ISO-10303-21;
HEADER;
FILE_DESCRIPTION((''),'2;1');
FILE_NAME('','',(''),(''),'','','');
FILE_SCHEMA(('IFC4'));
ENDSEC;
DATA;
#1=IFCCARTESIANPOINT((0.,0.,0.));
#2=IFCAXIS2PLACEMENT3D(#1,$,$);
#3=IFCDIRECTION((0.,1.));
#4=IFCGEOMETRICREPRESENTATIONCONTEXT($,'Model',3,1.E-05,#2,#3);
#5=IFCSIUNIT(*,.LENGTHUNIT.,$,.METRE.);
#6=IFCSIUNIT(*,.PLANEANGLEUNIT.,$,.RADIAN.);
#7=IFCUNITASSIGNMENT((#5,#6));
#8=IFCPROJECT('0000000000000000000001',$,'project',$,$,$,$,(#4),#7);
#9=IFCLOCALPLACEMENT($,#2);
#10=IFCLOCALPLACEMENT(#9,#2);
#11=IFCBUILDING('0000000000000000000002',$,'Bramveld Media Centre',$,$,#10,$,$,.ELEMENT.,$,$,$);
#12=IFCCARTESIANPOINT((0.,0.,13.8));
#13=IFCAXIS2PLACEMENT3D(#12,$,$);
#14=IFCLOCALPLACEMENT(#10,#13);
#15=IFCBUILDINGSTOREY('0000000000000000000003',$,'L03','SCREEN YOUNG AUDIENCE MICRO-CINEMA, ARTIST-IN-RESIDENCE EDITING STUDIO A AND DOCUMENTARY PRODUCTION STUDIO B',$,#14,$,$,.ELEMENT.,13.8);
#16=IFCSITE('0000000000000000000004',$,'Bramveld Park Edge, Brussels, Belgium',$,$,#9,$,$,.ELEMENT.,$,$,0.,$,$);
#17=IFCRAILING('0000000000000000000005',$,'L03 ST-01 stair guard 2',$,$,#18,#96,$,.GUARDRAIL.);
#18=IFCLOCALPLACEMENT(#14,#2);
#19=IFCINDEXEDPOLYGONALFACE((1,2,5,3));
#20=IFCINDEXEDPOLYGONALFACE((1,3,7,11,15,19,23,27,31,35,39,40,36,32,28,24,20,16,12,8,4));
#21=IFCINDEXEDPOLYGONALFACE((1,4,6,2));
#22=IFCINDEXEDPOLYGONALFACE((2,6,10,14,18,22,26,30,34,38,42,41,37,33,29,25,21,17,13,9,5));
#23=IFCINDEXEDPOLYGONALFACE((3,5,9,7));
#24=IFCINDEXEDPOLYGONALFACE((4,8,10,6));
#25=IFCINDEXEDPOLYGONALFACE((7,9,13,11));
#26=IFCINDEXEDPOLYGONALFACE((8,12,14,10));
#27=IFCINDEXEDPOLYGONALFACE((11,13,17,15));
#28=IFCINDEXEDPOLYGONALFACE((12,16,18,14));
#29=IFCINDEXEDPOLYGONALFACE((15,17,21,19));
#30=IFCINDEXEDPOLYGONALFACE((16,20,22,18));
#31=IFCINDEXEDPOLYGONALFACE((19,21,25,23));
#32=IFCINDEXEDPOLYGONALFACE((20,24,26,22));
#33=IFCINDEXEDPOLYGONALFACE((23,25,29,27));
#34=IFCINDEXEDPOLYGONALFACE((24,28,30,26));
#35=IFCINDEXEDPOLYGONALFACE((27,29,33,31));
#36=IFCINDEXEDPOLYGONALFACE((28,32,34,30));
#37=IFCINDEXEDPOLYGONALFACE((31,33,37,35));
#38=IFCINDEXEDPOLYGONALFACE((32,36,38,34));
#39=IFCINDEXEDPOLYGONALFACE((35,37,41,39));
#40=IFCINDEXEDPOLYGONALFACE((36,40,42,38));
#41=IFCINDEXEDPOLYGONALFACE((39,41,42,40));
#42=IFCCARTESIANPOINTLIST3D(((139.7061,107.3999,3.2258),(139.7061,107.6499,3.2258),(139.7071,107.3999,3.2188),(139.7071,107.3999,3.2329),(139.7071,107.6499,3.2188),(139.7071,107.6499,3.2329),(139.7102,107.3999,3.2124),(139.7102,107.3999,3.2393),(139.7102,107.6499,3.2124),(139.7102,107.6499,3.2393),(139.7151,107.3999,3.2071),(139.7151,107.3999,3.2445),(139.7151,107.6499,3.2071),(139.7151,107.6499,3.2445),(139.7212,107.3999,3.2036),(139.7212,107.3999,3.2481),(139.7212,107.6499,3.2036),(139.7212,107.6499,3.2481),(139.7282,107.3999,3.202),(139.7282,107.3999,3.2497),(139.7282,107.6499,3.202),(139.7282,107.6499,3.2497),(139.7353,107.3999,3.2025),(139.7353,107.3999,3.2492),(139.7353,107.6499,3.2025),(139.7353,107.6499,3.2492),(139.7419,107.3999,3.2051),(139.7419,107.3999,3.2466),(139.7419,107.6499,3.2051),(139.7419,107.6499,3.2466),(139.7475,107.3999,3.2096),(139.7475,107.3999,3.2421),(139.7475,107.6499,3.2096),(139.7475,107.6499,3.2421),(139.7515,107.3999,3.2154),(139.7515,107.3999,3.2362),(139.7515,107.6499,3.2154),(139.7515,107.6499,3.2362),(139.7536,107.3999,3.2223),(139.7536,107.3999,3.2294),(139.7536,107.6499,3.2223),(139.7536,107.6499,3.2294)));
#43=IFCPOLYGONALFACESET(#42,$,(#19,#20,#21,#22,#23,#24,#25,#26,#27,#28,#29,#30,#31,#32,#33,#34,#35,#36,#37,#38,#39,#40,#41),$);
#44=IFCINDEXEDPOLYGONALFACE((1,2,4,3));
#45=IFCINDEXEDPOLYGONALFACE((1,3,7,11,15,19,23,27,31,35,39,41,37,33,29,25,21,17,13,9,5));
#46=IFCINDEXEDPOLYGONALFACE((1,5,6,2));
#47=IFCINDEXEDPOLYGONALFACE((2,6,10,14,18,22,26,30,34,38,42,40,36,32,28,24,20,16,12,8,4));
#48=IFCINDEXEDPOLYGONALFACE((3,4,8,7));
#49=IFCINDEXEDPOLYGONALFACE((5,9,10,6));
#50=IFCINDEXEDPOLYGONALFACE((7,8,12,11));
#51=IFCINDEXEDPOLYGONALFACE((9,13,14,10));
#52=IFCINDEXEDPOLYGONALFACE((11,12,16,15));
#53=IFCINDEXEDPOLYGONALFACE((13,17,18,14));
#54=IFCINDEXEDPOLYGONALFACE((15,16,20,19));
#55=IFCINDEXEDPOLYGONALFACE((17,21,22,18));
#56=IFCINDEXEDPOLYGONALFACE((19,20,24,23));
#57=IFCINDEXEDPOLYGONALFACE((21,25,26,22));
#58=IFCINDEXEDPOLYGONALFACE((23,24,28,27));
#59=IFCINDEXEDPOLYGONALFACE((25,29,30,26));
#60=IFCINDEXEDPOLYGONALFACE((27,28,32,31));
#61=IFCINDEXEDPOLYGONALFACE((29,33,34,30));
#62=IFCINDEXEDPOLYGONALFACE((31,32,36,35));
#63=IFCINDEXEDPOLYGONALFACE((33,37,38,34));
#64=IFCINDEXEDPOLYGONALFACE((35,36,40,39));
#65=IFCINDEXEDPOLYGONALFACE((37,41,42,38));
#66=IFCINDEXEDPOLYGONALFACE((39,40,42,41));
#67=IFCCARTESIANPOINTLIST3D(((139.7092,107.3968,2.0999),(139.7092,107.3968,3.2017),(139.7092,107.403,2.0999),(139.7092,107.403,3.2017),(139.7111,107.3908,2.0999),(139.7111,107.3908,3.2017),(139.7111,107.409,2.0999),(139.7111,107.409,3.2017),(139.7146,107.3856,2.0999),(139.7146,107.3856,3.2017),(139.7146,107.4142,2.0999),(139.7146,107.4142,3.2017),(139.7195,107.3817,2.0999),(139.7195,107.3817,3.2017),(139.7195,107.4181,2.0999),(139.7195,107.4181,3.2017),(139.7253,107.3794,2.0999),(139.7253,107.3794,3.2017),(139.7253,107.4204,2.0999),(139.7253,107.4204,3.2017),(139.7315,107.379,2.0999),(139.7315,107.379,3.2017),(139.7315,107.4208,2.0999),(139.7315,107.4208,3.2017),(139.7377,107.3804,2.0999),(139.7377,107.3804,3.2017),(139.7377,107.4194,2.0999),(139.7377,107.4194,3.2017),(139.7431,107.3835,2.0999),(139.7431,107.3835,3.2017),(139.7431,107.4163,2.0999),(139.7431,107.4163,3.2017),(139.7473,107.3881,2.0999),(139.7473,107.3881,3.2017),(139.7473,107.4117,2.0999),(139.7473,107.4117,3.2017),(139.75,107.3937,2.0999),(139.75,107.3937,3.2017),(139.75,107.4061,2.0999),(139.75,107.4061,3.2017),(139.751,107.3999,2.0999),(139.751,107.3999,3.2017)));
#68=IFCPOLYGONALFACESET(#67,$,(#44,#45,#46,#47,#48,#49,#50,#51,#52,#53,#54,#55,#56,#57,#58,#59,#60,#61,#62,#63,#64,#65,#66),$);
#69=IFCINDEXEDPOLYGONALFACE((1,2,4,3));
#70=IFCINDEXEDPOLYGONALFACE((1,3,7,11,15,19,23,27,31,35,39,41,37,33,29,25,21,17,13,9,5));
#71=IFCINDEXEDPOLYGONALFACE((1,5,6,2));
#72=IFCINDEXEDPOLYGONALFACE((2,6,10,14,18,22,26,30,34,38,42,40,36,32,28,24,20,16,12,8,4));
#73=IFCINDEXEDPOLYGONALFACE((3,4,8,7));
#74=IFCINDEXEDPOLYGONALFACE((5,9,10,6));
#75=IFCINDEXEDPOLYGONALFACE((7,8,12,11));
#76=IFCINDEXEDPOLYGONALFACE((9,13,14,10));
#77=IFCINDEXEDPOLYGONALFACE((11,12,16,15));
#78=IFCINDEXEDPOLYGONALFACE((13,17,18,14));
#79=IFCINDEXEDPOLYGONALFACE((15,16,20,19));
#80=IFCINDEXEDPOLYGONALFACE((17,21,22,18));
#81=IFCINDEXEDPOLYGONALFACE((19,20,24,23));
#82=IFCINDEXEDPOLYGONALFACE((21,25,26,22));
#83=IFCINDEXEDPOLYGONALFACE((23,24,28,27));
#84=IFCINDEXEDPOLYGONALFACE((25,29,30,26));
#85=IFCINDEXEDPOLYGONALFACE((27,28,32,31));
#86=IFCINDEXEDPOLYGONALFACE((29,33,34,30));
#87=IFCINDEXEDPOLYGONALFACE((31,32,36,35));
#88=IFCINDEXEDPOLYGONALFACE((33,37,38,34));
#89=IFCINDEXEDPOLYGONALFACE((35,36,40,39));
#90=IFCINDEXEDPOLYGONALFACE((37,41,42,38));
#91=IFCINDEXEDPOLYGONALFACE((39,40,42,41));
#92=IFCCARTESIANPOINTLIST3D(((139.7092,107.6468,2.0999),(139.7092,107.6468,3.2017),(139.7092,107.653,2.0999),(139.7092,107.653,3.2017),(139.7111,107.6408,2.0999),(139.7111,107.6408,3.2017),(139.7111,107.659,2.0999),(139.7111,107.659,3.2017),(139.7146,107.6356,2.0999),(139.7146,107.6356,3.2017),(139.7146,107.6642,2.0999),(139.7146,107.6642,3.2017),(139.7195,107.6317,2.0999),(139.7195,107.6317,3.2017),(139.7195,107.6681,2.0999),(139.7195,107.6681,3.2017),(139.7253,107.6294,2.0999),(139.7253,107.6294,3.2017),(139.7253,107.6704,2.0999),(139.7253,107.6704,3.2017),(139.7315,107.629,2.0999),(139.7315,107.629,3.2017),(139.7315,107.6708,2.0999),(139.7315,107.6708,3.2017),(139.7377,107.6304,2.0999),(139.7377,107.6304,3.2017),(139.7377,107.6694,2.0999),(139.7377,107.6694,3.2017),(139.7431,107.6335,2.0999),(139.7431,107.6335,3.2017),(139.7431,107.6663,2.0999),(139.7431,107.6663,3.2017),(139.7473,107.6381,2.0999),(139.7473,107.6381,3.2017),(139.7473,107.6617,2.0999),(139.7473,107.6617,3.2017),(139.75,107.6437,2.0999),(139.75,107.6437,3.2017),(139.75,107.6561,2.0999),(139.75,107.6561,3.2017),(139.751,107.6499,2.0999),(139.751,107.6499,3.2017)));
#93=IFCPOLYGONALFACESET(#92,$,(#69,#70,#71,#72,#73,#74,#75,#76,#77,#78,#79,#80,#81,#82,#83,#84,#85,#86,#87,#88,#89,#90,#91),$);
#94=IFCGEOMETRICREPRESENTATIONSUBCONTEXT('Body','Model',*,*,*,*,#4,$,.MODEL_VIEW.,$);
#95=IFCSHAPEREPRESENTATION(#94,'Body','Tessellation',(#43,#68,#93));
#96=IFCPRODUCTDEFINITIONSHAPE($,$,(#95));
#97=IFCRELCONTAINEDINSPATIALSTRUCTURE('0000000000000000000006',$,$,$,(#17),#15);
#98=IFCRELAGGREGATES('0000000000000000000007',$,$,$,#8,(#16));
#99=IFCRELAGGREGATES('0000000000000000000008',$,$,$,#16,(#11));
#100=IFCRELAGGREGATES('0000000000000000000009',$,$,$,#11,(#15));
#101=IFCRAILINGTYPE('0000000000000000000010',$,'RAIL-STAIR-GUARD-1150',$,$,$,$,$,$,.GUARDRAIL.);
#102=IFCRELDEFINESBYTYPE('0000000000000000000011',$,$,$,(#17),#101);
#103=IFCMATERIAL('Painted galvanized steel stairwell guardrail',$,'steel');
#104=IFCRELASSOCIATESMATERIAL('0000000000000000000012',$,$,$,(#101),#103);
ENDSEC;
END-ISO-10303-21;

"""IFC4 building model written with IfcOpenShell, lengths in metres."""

from ifc_helpers import new_model, si_unit, direction, frame, origin, origin_2d, place, context, subcontext, project, spatial, circle, extrude, material, type_object, element, save


model = new_model("IFC4")

# Units and contexts
model_context = context("Model", 3, precision=1e-05, world=origin(), true_north=direction((0.0, 1.0)))
body_context = subcontext(model_context, "Body", "Model", "MODEL_VIEW")
ifc_project = project(units=[si_unit("LENGTHUNIT", "METRE"), si_unit("PLANEANGLEUNIT", "RADIAN")], contexts=[model_context])

# Site, building, storey
site_placement = place(None, origin())
site = spatial("IfcSite", under=ifc_project, at=site_placement, Name="Bramveld Park Edge, Brussels, Belgium", CompositionType="ELEMENT", RefElevation=0.0)
building_placement = place(site_placement, origin())
building = spatial("IfcBuilding", under=site, at=building_placement, Name="Bramveld Media Centre", CompositionType="ELEMENT")
storey_placement = place(building_placement, frame((0.0, 0.0, 13.8)))
storey = spatial("IfcBuildingStorey", under=building, at=storey_placement, Name="L03", Description="SCREEN YOUNG AUDIENCE MICRO-CINEMA, ARTIST-IN-RESIDENCE EDITING STUDIO A AND DOCUMENTARY PRODUCTION STUDIO B", CompositionType="ELEMENT", Elevation=13.8)

# Railing
ifc_material_1 = material(Name="Painted galvanized steel stairwell guardrail", Category="steel")
railing_type_1 = type_object("IfcRailingType", Name="RAIL-STAIR-GUARD-1150", PredefinedType="GUARDRAIL", material=ifc_material_1)
railing_1_placement = place(storey_placement, frame((139.73, 107.3999, 2.0999)))
element("IfcRailing", 1, at=railing_1_placement, inside=storey, type_object=railing_type_1, Name="L03 ST-01 stair guard 2", PredefinedType="GUARDRAIL", context=body_context, shape_type="SweptSolid", body=[
    extrude(circle(Radius=0.0239, at=origin_2d()), frame((0.0, 0.0, 1.126), z_axis=(0.0, 1.0, 0.0), x_axis=(-1.0, 0.0, 0.0)), (0.0, 0.0, 1.0), 0.25),
    extrude(circle(Radius=0.021, at=origin_2d()), origin(), (0.0, 0.0, 1.0), 1.1018),
    extrude(circle(Radius=0.021, at=origin_2d()), frame((0.0, 0.25, 0.0)), (0.0, 0.0, 1.0), 1.1018),
])

save(model, "model.ifc")
